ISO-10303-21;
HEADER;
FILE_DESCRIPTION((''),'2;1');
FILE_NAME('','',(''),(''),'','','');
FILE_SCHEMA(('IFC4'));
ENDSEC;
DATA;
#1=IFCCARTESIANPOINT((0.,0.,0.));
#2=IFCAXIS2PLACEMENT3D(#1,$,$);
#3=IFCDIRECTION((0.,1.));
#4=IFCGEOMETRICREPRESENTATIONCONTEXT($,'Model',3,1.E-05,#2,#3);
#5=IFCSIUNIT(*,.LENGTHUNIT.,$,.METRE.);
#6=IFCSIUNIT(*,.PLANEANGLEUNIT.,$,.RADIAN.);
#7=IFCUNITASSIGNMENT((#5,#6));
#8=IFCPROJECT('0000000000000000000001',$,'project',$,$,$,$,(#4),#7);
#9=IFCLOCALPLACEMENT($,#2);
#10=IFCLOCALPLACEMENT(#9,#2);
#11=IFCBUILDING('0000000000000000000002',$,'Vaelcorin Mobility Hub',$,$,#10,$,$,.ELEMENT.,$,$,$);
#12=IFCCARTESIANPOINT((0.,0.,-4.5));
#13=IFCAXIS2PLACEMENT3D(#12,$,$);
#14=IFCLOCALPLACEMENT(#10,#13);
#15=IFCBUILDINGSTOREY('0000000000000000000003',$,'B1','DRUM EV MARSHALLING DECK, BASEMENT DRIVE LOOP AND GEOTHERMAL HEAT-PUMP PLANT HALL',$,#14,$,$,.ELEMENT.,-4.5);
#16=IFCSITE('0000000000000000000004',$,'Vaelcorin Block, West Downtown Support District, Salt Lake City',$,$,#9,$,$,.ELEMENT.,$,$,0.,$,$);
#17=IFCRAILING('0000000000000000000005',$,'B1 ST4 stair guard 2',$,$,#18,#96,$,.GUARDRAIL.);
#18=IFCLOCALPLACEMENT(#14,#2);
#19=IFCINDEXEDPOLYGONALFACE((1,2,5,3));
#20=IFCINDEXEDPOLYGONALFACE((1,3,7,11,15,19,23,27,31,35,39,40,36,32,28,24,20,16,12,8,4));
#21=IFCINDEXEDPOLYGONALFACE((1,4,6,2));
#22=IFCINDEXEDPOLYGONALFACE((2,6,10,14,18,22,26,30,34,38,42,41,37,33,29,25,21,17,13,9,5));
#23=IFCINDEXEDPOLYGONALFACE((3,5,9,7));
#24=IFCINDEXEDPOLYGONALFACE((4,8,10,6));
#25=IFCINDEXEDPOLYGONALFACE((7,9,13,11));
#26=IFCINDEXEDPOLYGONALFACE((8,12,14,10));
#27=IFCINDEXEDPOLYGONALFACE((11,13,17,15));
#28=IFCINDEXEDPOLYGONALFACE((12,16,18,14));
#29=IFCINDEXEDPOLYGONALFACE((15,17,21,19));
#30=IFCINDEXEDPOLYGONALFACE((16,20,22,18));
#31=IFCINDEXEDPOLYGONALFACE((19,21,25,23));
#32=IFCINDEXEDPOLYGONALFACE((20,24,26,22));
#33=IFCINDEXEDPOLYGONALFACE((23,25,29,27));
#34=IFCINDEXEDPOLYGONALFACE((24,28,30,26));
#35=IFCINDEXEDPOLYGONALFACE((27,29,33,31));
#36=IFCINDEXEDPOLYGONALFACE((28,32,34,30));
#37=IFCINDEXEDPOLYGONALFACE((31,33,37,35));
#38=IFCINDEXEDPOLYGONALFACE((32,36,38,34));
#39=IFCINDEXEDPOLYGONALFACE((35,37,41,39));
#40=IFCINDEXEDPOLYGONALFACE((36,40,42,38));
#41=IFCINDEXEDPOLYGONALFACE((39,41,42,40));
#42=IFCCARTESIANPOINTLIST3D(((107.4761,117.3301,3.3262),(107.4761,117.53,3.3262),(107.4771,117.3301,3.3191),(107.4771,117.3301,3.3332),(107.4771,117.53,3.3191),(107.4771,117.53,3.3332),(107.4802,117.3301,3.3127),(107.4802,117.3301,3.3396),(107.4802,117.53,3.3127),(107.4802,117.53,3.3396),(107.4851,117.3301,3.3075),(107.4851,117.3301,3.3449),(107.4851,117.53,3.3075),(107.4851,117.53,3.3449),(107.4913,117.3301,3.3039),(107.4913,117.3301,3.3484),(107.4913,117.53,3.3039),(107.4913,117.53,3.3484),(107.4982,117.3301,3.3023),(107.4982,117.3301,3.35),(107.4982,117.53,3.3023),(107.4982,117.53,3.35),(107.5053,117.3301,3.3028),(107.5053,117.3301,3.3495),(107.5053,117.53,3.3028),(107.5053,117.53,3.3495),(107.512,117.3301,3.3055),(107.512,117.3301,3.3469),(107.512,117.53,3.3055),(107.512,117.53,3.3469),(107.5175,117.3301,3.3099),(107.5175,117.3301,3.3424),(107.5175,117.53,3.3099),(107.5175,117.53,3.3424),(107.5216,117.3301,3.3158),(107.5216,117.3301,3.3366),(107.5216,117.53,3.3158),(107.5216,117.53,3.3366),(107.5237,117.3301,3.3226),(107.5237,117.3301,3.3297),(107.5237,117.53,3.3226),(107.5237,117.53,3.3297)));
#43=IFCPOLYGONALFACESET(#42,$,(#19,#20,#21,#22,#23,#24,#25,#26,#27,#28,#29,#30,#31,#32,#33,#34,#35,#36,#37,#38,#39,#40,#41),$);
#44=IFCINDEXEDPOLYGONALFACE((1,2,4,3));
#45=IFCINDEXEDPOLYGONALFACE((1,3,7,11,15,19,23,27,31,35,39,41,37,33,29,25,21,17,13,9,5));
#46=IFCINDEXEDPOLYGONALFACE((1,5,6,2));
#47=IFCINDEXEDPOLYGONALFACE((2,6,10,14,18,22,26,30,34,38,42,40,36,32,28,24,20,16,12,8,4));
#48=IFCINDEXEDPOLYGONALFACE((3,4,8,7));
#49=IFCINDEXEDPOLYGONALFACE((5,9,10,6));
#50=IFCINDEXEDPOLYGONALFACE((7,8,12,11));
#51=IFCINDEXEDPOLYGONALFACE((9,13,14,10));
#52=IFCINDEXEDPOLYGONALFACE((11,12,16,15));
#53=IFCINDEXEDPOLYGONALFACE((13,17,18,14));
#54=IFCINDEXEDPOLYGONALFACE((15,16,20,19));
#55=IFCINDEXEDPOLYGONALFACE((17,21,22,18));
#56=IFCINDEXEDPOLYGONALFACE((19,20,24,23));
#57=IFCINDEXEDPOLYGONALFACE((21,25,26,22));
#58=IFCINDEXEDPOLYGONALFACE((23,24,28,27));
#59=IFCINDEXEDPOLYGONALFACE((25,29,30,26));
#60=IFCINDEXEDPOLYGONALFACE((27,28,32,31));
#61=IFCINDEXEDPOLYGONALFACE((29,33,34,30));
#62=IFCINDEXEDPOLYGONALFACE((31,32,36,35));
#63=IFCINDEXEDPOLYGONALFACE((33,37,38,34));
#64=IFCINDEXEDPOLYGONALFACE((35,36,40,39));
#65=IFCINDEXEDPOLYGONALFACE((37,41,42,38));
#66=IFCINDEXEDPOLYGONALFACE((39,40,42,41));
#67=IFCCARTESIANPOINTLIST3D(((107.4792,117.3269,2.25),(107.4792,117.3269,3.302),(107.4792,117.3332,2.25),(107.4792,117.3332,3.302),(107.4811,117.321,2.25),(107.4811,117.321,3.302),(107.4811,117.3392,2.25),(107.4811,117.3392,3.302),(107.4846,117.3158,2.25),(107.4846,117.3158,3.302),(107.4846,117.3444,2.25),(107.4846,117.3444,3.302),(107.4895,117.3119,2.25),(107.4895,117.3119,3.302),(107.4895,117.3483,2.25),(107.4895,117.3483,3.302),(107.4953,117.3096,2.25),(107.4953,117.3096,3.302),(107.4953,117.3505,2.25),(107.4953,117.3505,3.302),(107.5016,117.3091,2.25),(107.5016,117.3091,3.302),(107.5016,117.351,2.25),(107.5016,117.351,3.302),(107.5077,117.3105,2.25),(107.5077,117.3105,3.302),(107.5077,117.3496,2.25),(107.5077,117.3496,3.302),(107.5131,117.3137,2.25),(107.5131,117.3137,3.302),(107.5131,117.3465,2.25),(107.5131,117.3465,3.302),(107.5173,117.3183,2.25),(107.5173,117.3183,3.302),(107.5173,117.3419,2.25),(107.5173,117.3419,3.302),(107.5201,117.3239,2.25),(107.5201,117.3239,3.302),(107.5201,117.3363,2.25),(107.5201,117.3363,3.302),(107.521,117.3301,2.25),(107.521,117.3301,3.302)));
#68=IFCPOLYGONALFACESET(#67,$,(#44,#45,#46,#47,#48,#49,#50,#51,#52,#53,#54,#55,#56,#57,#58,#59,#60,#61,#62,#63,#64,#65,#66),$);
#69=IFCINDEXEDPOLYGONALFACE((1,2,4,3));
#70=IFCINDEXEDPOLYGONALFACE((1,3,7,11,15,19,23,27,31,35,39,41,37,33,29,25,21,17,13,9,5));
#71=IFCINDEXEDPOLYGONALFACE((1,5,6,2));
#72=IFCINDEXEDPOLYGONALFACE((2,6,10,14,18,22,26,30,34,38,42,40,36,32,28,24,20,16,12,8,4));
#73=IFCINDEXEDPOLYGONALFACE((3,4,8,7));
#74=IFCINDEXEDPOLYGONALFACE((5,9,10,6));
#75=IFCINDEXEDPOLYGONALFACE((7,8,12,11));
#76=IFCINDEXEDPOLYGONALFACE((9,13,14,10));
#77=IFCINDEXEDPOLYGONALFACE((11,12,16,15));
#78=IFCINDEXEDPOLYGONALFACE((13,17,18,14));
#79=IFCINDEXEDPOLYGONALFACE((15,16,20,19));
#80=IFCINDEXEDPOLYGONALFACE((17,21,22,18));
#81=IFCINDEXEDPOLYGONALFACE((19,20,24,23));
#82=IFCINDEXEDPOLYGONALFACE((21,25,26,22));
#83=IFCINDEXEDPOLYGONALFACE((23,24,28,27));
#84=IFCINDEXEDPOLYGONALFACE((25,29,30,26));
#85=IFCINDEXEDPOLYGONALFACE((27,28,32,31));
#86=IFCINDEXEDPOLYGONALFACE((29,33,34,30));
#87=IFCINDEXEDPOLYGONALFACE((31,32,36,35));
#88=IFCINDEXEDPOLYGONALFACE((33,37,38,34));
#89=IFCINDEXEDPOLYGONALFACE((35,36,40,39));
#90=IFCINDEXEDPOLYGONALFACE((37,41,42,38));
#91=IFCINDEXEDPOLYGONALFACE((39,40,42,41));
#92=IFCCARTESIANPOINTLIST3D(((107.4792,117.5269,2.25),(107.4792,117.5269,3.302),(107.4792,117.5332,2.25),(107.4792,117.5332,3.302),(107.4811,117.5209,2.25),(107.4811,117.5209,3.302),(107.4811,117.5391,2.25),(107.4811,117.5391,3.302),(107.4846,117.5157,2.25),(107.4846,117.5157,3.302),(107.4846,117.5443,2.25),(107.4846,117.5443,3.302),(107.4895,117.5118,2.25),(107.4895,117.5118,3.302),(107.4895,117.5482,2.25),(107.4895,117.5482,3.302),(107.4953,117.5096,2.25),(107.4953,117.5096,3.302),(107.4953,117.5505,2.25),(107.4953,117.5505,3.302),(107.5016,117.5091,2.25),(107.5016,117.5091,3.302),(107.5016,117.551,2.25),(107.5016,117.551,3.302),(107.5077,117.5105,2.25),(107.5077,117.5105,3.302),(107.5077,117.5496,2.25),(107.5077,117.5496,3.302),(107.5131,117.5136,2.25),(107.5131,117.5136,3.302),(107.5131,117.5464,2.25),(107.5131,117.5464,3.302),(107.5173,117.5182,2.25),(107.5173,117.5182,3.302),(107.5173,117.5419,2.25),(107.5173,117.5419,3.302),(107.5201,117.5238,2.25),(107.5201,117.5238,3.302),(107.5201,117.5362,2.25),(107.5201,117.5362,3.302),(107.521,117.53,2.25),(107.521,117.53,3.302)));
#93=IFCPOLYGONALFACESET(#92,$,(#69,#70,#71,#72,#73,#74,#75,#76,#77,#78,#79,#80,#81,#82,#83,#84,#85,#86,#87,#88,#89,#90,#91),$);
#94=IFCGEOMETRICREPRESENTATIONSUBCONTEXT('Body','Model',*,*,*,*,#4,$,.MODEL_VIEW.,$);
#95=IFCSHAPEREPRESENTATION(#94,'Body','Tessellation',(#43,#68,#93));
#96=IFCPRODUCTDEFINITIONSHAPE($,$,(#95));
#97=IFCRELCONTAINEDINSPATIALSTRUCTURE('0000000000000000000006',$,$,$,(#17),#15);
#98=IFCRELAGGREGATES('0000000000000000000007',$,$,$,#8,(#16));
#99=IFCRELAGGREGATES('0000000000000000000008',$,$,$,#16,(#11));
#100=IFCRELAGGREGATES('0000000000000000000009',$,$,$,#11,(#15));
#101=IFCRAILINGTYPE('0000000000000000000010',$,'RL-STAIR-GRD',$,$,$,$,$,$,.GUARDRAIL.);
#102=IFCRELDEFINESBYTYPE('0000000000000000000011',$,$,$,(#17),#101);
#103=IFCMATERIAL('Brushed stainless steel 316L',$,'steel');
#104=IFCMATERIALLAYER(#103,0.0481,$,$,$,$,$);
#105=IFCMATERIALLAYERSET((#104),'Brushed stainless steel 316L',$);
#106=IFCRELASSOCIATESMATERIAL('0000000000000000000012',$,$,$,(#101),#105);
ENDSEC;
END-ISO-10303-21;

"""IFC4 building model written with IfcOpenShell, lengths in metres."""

from ifc_helpers import new_model, si_unit, direction, frame, origin, origin_2d, place, context, subcontext, project, spatial, circle, extrude, material, layer, layer_set, type_object, element, save


model = new_model("IFC4")

# Units and contexts
model_context = context("Model", 3, precision=1e-05, world=origin(), true_north=direction((0.0, 1.0)))
body_context = subcontext(model_context, "Body", "Model", "MODEL_VIEW")
ifc_project = project(units=[si_unit("LENGTHUNIT", "METRE"), si_unit("PLANEANGLEUNIT", "RADIAN")], contexts=[model_context])

# Site, building, storey
site_placement = place(None, origin())
site = spatial("IfcSite", under=ifc_project, at=site_placement, Name="Vaelcorin Block, West Downtown Support District, Salt Lake City", CompositionType="ELEMENT", RefElevation=0.0)
building_placement = place(site_placement, origin())
building = spatial("IfcBuilding", under=site, at=building_placement, Name="Vaelcorin Mobility Hub", CompositionType="ELEMENT")
storey_placement = place(building_placement, frame((0.0, 0.0, -4.5)))
storey = spatial("IfcBuildingStorey", under=building, at=storey_placement, Name="B1", Description="DRUM EV MARSHALLING DECK, BASEMENT DRIVE LOOP AND GEOTHERMAL HEAT-PUMP PLANT HALL", CompositionType="ELEMENT", Elevation=-4.5)

# Railing
ifc_material_1 = material(Name="Brushed stainless steel 316L", Category="steel")
ifc_layer_1 = layer(ifc_material_1, 0.0481)
ifc_layer_set_1 = layer_set([ifc_layer_1], Name="Brushed stainless steel 316L")
railing_type_1 = type_object("IfcRailingType", Name="RL-STAIR-GRD", PredefinedType="GUARDRAIL", material=ifc_layer_set_1)
railing_1_placement = place(storey_placement, frame((107.5, 117.3301, 2.25)))
element("IfcRailing", 1, at=railing_1_placement, inside=storey, type_object=railing_type_1, Name="B1 ST4 stair guard 2", PredefinedType="GUARDRAIL", context=body_context, shape_type="SweptSolid", body=[
    extrude(circle(Radius=0.0239, at=origin_2d()), frame((0.0, 0.0, 1.0762), z_axis=(0.0, 1.0, 0.0), x_axis=(-1.0, 0.0, 0.0)), (0.0, 0.0, 1.0), 0.2),
    extrude(circle(Radius=0.021, at=origin_2d()), origin(), (0.0, 0.0, 1.0), 1.052),
    extrude(circle(Radius=0.021, at=origin_2d()), frame((0.0, 0.2, 0.0)), (0.0, 0.0, 1.0), 1.052),
])

save(model, "model.ifc")
